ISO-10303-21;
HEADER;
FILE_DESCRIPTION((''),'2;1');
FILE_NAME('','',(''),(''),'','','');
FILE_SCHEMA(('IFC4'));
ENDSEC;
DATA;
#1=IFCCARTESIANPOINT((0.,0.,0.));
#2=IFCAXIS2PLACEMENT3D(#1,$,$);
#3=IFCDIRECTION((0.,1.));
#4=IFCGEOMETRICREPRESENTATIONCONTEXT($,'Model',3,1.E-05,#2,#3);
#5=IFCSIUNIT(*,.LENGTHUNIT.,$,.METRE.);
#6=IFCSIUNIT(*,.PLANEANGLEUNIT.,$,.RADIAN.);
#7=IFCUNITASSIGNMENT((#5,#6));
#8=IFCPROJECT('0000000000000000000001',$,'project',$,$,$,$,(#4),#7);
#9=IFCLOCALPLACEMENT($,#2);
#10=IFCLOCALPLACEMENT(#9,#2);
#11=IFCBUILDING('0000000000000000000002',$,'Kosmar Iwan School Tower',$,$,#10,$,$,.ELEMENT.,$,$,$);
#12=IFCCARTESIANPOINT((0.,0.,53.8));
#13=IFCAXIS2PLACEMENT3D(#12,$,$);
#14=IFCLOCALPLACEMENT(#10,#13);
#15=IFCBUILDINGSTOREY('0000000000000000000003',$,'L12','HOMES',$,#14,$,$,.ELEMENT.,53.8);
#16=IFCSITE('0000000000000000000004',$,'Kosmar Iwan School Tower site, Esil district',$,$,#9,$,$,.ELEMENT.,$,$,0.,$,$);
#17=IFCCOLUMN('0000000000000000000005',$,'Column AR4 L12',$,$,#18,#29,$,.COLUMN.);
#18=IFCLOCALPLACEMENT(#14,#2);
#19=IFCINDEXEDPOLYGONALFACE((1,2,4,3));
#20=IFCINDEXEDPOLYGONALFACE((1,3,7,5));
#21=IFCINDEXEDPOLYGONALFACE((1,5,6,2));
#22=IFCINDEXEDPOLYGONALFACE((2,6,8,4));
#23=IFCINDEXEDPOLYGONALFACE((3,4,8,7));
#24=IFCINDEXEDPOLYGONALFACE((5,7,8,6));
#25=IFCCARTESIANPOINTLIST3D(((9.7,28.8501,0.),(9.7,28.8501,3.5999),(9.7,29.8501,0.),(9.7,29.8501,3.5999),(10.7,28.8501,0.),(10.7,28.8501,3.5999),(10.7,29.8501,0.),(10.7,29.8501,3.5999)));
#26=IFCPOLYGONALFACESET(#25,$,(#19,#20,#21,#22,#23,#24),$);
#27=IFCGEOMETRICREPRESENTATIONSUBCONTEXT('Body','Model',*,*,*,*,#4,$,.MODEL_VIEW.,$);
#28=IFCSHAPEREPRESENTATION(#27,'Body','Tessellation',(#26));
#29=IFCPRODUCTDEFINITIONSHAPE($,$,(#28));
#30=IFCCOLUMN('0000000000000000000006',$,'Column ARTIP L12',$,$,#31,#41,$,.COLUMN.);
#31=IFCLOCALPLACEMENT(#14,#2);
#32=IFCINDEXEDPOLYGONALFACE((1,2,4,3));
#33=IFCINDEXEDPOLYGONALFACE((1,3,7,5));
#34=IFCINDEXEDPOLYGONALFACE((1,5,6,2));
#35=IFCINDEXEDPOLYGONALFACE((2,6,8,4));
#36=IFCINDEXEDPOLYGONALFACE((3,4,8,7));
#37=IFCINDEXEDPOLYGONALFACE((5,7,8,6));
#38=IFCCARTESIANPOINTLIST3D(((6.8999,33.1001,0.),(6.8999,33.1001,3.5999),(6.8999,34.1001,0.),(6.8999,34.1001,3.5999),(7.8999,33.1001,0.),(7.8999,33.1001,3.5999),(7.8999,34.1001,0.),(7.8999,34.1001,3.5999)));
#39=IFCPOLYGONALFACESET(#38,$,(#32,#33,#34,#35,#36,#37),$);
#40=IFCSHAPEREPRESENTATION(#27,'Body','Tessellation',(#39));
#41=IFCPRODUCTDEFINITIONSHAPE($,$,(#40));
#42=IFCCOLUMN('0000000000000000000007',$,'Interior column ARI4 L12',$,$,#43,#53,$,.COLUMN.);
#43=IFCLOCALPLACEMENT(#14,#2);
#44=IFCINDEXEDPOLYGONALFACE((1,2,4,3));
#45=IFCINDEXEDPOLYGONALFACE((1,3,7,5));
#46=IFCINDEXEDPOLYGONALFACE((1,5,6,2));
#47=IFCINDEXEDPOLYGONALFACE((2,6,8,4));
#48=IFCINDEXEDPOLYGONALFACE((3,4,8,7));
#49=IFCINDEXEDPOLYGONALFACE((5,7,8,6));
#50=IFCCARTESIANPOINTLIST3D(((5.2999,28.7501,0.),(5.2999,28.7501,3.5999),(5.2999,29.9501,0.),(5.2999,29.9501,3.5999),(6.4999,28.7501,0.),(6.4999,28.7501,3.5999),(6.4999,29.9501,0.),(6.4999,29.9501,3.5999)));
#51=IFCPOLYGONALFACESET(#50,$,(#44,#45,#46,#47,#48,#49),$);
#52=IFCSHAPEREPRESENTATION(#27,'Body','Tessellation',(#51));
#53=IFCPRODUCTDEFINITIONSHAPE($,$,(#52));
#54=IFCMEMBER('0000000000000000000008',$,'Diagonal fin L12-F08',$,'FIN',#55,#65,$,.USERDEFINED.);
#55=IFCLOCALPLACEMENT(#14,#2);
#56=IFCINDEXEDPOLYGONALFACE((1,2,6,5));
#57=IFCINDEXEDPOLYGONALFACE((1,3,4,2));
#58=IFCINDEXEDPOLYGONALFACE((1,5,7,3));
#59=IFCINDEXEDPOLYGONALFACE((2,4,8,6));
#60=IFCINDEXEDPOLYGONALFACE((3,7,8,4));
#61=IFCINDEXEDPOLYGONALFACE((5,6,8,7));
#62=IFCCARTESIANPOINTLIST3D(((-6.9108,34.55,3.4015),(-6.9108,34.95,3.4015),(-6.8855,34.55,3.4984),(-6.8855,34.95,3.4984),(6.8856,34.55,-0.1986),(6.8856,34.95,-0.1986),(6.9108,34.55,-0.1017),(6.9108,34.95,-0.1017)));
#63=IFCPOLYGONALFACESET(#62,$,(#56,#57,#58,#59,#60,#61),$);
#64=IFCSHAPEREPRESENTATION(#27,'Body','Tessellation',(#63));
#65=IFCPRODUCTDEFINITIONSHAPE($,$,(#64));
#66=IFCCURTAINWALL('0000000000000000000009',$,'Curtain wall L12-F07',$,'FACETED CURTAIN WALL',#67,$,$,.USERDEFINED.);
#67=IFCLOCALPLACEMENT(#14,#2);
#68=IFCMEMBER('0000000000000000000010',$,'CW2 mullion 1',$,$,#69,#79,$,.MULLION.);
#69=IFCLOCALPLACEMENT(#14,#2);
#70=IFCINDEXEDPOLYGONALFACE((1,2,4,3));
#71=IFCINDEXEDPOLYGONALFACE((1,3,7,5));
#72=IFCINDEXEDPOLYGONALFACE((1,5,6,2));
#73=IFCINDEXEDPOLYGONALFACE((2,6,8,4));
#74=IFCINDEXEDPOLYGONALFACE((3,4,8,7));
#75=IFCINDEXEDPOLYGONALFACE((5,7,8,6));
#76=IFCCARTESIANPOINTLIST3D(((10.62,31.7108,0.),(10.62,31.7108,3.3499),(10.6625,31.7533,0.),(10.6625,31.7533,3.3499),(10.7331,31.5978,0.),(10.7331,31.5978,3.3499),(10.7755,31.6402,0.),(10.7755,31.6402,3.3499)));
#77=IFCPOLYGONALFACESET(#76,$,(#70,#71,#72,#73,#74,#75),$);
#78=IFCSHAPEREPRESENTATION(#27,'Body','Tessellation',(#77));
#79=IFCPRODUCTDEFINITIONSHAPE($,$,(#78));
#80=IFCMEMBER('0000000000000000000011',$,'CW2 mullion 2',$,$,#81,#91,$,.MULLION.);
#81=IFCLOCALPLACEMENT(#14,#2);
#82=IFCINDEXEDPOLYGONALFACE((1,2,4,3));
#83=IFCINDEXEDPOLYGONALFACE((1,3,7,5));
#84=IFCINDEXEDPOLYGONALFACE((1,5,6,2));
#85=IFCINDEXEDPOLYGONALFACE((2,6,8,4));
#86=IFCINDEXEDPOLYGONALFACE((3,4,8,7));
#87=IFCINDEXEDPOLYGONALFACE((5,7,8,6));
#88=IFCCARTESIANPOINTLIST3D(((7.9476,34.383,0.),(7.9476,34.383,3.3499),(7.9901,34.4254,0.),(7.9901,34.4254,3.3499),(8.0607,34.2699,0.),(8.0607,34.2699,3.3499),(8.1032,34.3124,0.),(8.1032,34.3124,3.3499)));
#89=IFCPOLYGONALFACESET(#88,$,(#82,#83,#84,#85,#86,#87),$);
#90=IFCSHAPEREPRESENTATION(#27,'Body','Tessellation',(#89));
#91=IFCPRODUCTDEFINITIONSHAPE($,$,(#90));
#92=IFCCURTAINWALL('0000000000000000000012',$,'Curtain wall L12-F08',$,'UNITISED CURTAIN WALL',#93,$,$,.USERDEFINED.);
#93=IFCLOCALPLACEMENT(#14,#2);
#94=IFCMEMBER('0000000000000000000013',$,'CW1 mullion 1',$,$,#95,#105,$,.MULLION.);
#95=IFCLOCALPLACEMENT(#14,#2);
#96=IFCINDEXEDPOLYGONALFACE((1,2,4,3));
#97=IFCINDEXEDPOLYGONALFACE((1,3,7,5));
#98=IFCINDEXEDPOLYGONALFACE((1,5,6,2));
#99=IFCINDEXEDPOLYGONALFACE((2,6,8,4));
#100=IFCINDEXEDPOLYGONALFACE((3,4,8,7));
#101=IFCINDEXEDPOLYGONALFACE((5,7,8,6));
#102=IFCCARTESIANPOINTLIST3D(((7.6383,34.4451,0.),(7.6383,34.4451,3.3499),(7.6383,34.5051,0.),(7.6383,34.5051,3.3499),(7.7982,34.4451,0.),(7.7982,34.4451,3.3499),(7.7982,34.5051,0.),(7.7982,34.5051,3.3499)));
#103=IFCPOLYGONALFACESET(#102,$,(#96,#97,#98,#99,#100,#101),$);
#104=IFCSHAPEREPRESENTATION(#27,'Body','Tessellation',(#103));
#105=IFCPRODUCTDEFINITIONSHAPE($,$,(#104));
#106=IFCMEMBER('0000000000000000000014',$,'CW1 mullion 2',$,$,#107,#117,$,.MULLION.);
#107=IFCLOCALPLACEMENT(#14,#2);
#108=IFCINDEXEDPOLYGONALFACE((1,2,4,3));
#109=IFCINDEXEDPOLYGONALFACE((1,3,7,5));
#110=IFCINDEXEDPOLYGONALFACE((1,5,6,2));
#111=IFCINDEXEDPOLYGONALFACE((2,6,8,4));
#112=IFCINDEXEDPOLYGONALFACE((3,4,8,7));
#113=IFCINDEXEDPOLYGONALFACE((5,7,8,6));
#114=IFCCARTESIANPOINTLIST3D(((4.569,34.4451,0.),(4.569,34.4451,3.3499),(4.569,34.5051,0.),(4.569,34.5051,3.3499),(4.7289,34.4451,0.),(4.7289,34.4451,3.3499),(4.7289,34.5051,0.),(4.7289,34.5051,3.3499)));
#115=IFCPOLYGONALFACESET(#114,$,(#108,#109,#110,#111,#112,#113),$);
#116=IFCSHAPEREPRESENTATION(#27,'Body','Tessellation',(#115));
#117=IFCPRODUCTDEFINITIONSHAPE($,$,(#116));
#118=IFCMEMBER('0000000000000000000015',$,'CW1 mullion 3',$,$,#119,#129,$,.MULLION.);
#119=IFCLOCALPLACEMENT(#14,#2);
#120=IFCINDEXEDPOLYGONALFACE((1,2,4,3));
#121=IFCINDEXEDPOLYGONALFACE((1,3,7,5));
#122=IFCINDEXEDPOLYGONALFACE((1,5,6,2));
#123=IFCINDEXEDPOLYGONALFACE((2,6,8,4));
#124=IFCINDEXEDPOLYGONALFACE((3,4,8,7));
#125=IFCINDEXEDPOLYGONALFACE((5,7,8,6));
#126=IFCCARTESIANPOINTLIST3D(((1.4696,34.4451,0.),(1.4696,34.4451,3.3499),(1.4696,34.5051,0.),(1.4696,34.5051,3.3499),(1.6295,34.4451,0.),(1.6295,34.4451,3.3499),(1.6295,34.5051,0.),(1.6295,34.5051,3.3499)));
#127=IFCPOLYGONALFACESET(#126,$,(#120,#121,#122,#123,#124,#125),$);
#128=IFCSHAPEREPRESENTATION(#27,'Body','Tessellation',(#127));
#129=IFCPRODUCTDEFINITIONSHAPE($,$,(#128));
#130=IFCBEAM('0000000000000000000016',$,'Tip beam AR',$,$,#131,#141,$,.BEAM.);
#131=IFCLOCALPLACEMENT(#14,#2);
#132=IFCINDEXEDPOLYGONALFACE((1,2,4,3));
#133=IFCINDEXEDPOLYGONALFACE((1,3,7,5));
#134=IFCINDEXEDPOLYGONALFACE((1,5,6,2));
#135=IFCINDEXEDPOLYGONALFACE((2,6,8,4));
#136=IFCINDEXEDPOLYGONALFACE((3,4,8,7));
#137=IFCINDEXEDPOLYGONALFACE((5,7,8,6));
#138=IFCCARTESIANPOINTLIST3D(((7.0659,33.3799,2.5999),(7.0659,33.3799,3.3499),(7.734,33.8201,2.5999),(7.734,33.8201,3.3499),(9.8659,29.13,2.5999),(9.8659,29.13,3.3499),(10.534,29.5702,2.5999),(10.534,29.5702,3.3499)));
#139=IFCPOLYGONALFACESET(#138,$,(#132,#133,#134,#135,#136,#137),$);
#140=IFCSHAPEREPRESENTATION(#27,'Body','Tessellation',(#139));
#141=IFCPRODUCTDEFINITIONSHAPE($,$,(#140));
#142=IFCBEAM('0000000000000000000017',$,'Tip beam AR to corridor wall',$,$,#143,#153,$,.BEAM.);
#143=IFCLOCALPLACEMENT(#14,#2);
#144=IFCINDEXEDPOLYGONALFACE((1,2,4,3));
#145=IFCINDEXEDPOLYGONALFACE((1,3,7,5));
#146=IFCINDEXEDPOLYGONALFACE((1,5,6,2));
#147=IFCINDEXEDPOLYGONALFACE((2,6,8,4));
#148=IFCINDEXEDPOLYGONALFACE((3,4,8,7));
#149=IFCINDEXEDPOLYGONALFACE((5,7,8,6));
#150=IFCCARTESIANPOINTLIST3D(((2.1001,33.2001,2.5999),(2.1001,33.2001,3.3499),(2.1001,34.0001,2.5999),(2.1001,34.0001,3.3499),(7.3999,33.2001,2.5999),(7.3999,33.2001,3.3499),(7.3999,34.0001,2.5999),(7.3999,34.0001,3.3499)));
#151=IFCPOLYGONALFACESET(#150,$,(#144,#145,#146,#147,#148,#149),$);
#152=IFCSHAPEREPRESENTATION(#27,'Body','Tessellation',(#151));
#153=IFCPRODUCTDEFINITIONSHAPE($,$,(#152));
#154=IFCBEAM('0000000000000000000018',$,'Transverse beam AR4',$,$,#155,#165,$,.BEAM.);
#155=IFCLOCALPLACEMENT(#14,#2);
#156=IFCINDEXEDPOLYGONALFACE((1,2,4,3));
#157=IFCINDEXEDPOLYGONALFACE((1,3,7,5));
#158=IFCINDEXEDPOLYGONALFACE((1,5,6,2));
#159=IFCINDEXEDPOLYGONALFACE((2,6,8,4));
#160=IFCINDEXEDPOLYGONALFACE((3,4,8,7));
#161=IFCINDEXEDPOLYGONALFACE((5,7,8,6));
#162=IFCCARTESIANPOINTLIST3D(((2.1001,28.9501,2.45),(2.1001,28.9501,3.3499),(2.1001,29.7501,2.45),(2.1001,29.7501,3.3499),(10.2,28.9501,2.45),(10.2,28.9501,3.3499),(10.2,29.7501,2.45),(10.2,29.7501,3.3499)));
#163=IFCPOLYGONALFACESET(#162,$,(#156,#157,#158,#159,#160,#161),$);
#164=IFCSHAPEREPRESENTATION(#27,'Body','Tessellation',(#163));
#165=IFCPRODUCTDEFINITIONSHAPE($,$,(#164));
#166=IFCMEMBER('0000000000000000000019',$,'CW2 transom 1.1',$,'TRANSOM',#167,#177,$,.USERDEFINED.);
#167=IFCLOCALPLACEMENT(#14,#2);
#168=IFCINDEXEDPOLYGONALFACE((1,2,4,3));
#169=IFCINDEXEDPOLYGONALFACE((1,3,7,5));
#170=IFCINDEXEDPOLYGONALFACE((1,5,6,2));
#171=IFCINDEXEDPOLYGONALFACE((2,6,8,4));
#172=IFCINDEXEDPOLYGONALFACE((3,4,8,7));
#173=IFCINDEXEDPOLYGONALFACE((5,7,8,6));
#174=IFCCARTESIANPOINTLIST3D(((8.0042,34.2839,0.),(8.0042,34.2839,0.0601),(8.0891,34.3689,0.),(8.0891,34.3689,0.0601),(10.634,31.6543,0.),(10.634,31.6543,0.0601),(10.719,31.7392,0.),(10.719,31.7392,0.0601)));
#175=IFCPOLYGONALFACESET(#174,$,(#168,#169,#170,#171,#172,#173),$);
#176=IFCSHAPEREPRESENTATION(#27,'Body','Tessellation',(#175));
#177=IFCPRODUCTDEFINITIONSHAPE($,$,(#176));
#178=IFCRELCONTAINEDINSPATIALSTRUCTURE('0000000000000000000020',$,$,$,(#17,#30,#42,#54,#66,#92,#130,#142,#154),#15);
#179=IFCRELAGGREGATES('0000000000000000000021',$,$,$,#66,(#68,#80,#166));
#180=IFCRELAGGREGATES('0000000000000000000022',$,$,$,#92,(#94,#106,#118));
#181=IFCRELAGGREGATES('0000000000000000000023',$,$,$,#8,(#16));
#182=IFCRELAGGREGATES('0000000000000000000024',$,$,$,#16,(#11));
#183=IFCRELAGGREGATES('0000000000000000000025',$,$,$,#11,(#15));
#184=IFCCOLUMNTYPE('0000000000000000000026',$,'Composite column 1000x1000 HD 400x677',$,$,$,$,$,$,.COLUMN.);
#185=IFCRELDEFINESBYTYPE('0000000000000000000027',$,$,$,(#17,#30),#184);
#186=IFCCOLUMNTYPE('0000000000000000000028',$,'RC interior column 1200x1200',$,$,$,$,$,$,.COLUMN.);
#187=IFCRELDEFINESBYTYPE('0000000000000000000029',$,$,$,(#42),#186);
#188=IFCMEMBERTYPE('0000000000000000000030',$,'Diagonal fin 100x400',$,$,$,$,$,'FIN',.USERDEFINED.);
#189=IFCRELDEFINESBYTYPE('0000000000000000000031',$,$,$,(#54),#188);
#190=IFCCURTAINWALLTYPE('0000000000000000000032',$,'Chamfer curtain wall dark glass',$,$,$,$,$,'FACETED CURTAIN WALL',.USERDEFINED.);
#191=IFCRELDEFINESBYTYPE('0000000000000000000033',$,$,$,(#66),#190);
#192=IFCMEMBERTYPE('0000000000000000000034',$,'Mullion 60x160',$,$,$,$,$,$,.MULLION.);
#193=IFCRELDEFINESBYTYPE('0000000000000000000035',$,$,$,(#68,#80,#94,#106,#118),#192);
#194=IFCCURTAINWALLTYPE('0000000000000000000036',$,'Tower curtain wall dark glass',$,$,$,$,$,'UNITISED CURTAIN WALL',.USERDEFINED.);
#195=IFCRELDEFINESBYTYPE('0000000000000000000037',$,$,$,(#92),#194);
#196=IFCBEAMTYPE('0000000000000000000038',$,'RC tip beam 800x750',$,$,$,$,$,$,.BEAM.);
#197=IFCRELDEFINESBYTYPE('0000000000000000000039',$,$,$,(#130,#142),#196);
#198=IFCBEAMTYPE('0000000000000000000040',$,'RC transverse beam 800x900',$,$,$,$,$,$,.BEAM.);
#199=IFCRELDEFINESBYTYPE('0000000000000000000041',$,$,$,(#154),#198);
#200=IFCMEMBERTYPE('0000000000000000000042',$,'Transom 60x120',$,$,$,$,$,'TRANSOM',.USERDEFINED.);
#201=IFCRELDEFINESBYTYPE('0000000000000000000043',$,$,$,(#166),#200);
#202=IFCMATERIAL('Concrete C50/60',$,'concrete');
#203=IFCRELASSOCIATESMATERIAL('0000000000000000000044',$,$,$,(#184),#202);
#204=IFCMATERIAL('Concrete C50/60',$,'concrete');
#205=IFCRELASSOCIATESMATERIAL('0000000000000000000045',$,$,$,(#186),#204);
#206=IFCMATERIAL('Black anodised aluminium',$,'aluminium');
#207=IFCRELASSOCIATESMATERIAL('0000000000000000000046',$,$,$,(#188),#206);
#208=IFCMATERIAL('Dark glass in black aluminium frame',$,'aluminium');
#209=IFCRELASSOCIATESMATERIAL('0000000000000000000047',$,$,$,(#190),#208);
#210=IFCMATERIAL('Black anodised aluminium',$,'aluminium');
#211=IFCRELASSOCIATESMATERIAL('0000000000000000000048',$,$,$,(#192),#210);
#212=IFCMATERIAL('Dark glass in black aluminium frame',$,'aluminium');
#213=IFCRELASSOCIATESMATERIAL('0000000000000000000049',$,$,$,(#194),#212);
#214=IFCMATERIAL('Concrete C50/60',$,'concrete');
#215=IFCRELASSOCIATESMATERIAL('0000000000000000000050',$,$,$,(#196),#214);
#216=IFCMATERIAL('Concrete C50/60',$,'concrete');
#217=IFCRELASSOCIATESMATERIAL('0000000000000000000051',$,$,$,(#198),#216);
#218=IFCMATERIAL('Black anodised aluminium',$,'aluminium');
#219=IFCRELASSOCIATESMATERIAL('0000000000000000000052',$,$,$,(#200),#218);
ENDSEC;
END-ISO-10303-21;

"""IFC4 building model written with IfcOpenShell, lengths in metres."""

from ifc_helpers import new_model, si_unit, direction, frame, origin, origin_2d, place, context, subcontext, project, spatial, rectangle, extrude, material, material_profile, profile_set, type_object, element, aggregate, save


model = new_model("IFC4")

# Units and contexts
model_context = context("Model", 3, precision=1e-05, world=origin(), true_north=direction((0.0, 1.0)))
body_context = subcontext(model_context, "Body", "Model", "MODEL_VIEW")
ifc_project = project(units=[si_unit("LENGTHUNIT", "METRE"), si_unit("PLANEANGLEUNIT", "RADIAN")], contexts=[model_context])

# Site, building, storey
site_placement = place(None, origin())
site = spatial("IfcSite", under=ifc_project, at=site_placement, Name="Kosmar Iwan School Tower site, Esil district", CompositionType="ELEMENT", RefElevation=0.0)
building_placement = place(site_placement, origin())
building = spatial("IfcBuilding", under=site, at=building_placement, Name="Kosmar Iwan School Tower", CompositionType="ELEMENT")
storey_placement = place(building_placement, frame((0.0, 0.0, 53.8)))
storey = spatial("IfcBuildingStorey", under=building, at=storey_placement, Name="L12", Description="HOMES", CompositionType="ELEMENT", Elevation=53.8)

# Columns
ifc_material_1 = material(Name="Concrete C50/60", Category="concrete")
ifc_material_profile_1 = material_profile(ifc_material_1, rectangle(XDim=1.0, YDim=1.0, at=origin_2d()), Name="RC 1000x1000 + HD 400x677")
ifc_profile_set_1 = profile_set([ifc_material_profile_1], Name="Concrete C50/60")
column_type_1 = type_object("IfcColumnType", Name="Composite column 1000x1000 HD 400x677", PredefinedType="COLUMN", material=ifc_profile_set_1)
for number, where, z_axis, x_axis, name in (
    (1, (10.2, 29.3501, 0.0), (0.0, 0.0, 1.0), (0.0, 1.0, 0.0), "Column AR4 L12"),
    (2, (7.3999, 33.6001, 0.0), (0.0, 0.0, 1.0), (0.0, 1.0, 0.0), "Column ARTIP L12"),
):
    element("IfcColumn", number, at=place(storey_placement, frame(where, z_axis=z_axis, x_axis=x_axis)), inside=storey, type_object=column_type_1, Name=name, PredefinedType="COLUMN", context=body_context, shape_type="SweptSolid", body=[
        extrude(rectangle(XDim=1.0, YDim=1.0, at=origin_2d()), origin(), (0.0, 0.0, 1.0), 3.5999),
    ])
ifc_material_2 = material(Name="Concrete C50/60", Category="concrete")
ifc_material_profile_2 = material_profile(ifc_material_2, rectangle(XDim=1.2, YDim=1.2, at=origin_2d()), Name="RC 1200x1200")
ifc_profile_set_2 = profile_set([ifc_material_profile_2], Name="Concrete C50/60")
column_type_2 = type_object("IfcColumnType", Name="RC interior column 1200x1200", PredefinedType="COLUMN", material=ifc_profile_set_2)
column_placement = place(storey_placement, frame((5.8999, 29.3501, 0.0), z_axis=(0.0, 0.0, 1.0), x_axis=(0.0, 1.0, 0.0)))
element("IfcColumn", 3, at=column_placement, inside=storey, type_object=column_type_2, Name="Interior column ARI4 L12", PredefinedType="COLUMN", context=body_context, shape_type="SweptSolid", body=[
    extrude(rectangle(XDim=1.2, YDim=1.2, at=origin_2d()), origin(), (0.0, 0.0, 1.0), 3.5999),
])

# Member
ifc_material_3 = material(Name="Black anodised aluminium", Category="aluminium")
ifc_material_profile_3 = material_profile(ifc_material_3, rectangle(XDim=0.1001, YDim=0.3999, at=origin_2d()), Name="FIN 100x400")
ifc_profile_set_3 = profile_set([ifc_material_profile_3], Name="Black anodised aluminium")
member_type_1 = type_object("IfcMemberType", Name="Diagonal fin 100x400", ElementType="FIN", PredefinedType="USERDEFINED", material=ifc_profile_set_3)
member_1_placement = place(storey_placement, frame((6.8982, 34.75, -0.1501), z_axis=(-0.967599, 0.0, 0.25249), x_axis=(0.25249, 0.0, 0.967599)))
element("IfcMember", 4, at=member_1_placement, inside=storey, type_object=member_type_1, Name="Diagonal fin L12-F08", ObjectType="FIN", PredefinedType="USERDEFINED", context=body_context, shape_type="SweptSolid", body=[
    extrude(rectangle(XDim=0.1001, YDim=0.3999, at=origin_2d()), origin(), (0.0, 0.0, 1.0), 14.2583),
])

# Curtain walls, members
ifc_material_4 = material(Name="Dark glass in black aluminium frame", Category="aluminium")
curtain_wall_type_1 = type_object("IfcCurtainWallType", Name="Chamfer curtain wall dark glass", ElementType="FACETED CURTAIN WALL", PredefinedType="USERDEFINED", material=ifc_material_4)
curtain_wall_1_placement = place(storey_placement, origin())
curtain_wall_1 = element("IfcCurtainWall", 5, at=curtain_wall_1_placement, inside=storey, type_object=curtain_wall_type_1, Name="Curtain wall L12-F07", ObjectType="FACETED CURTAIN WALL", PredefinedType="USERDEFINED")
ifc_material_5 = material(Name="Black anodised aluminium", Category="aluminium")
ifc_material_profile_4 = material_profile(ifc_material_5, rectangle(XDim=0.0601, YDim=0.1599, at=origin_2d()), Name="MULLION 60x160")
ifc_profile_set_4 = profile_set([ifc_material_profile_4], Name="Black anodised aluminium")
member_type_2 = type_object("IfcMemberType", Name="Mullion 60x160", PredefinedType="MULLION", material=ifc_profile_set_4)
member_2_placement = place(storey_placement, frame((10.6978, 31.6755, 0.0), z_axis=(0.0, 0.0, 1.0), x_axis=(-0.707107, -0.707107, 0.0)))
member_2 = element("IfcMember", 6, at=member_2_placement, type_object=member_type_2, Name="CW2 mullion 1", PredefinedType="MULLION", context=body_context, shape_type="SweptSolid", body=[
    extrude(rectangle(XDim=0.0601, YDim=0.1599, at=origin_2d()), origin(), (0.0, 0.0, 1.0), 3.3499),
])
member_3_placement = place(storey_placement, frame((8.0254, 34.3477, 0.0), z_axis=(0.0, 0.0, 1.0), x_axis=(-0.707107, -0.707107, 0.0)))
member_3 = element("IfcMember", 7, at=member_3_placement, type_object=member_type_2, Name="CW2 mullion 2", PredefinedType="MULLION", context=body_context, shape_type="SweptSolid", body=[
    extrude(rectangle(XDim=0.0601, YDim=0.1599, at=origin_2d()), origin(), (0.0, 0.0, 1.0), 3.3499),
])
ifc_material_6 = material(Name="Dark glass in black aluminium frame", Category="aluminium")
curtain_wall_type_2 = type_object("IfcCurtainWallType", Name="Tower curtain wall dark glass", ElementType="UNITISED CURTAIN WALL", PredefinedType="USERDEFINED", material=ifc_material_6)
curtain_wall_2_placement = place(storey_placement, origin())
curtain_wall_2 = element("IfcCurtainWall", 8, at=curtain_wall_2_placement, inside=storey, type_object=curtain_wall_type_2, Name="Curtain wall L12-F08", ObjectType="UNITISED CURTAIN WALL", PredefinedType="USERDEFINED")
member_4_placement = place(storey_placement, frame((7.7183, 34.4751, 0.0), z_axis=(0.0, 0.0, 1.0), x_axis=(0.0, -1.0, 0.0)))
member_4 = element("IfcMember", 9, at=member_4_placement, type_object=member_type_2, Name="CW1 mullion 1", PredefinedType="MULLION", context=body_context, shape_type="SweptSolid", body=[
    extrude(rectangle(XDim=0.0601, YDim=0.1599, at=origin_2d()), origin(), (0.0, 0.0, 1.0), 3.3499),
])
member_5_placement = place(storey_placement, frame((4.6489, 34.4751, 0.0), z_axis=(0.0, 0.0, 1.0), x_axis=(0.0, -1.0, 0.0)))
member_5 = element("IfcMember", 10, at=member_5_placement, type_object=member_type_2, Name="CW1 mullion 2", PredefinedType="MULLION", context=body_context, shape_type="SweptSolid", body=[
    extrude(rectangle(XDim=0.0601, YDim=0.1599, at=origin_2d()), origin(), (0.0, 0.0, 1.0), 3.3499),
])
member_6_placement = place(storey_placement, frame((1.5496, 34.4751, 0.0), z_axis=(0.0, 0.0, 1.0), x_axis=(0.0, -1.0, 0.0)))
member_6 = element("IfcMember", 11, at=member_6_placement, type_object=member_type_2, Name="CW1 mullion 3", PredefinedType="MULLION", context=body_context, shape_type="SweptSolid", body=[
    extrude(rectangle(XDim=0.0601, YDim=0.1599, at=origin_2d()), origin(), (0.0, 0.0, 1.0), 3.3499),
])

# Beams
ifc_material_7 = material(Name="Concrete C50/60", Category="concrete")
ifc_material_profile_5 = material_profile(ifc_material_7, rectangle(XDim=0.8, YDim=0.75, at=origin_2d()), Name="RC 800x750")
ifc_profile_set_5 = profile_set([ifc_material_profile_5], Name="Concrete C50/60")
beam_type_1 = type_object("IfcBeamType", Name="RC tip beam 800x750", PredefinedType="BEAM", material=ifc_profile_set_5)
beam_1_placement = place(storey_placement, frame((10.2, 29.3501, 2.9749), z_axis=(-0.550164, 0.835056, 0.0), x_axis=(-0.835056, -0.550164, 0.0)))
element("IfcBeam", 12, at=beam_1_placement, inside=storey, type_object=beam_type_1, Name="Tip beam AR", PredefinedType="BEAM", context=body_context, shape_type="SweptSolid", body=[
    extrude(rectangle(XDim=0.8, YDim=0.75, at=origin_2d()), origin(), (0.0, 0.0, 1.0), 5.0894),
])
beam_2_placement = place(storey_placement, frame((7.3999, 33.6001, 2.9749), z_axis=(-1.0, 0.0, 0.0), x_axis=(0.0, -1.0, 0.0)))
element("IfcBeam", 13, at=beam_2_placement, inside=storey, type_object=beam_type_1, Name="Tip beam AR to corridor wall", PredefinedType="BEAM", context=body_context, shape_type="SweptSolid", body=[
    extrude(rectangle(XDim=0.8, YDim=0.75, at=origin_2d()), origin(), (0.0, 0.0, 1.0), 5.2998),
])
ifc_material_8 = material(Name="Concrete C50/60", Category="concrete")
ifc_material_profile_6 = material_profile(ifc_material_8, rectangle(XDim=0.8, YDim=0.8999, at=origin_2d()), Name="RC 800x900")
ifc_profile_set_6 = profile_set([ifc_material_profile_6], Name="Concrete C50/60")
beam_type_2 = type_object("IfcBeamType", Name="RC transverse beam 800x900", PredefinedType="BEAM", material=ifc_profile_set_6)
beam_3_placement = place(storey_placement, frame((10.2, 29.3501, 2.8999), z_axis=(-1.0, 0.0, 0.0), x_axis=(0.0, -1.0, 0.0)))
element("IfcBeam", 14, at=beam_3_placement, inside=storey, type_object=beam_type_2, Name="Transverse beam AR4", PredefinedType="BEAM", context=body_context, shape_type="SweptSolid", body=[
    extrude(rectangle(XDim=0.8, YDim=0.8999, at=origin_2d()), origin(), (0.0, 0.0, 1.0), 8.0999),
])

# Member
ifc_material_9 = material(Name="Black anodised aluminium", Category="aluminium")
ifc_material_profile_7 = material_profile(ifc_material_9, rectangle(XDim=0.1201, YDim=0.0601, at=origin_2d()), Name="TRANSOM 60x120")
ifc_profile_set_7 = profile_set([ifc_material_profile_7], Name="Black anodised aluminium")
member_type_3 = type_object("IfcMemberType", Name="Transom 60x120", ElementType="TRANSOM", PredefinedType="USERDEFINED", material=ifc_profile_set_7)
member_7_placement = place(storey_placement, frame((10.6765, 31.6968, 0.03), z_axis=(-0.70714, 0.707074, 0.0), x_axis=(-0.707074, -0.70714, 0.0)))
member_7 = element("IfcMember", 15, at=member_7_placement, type_object=member_type_3, Name="CW2 transom 1.1", ObjectType="TRANSOM", PredefinedType="USERDEFINED", context=body_context, shape_type="SweptSolid", body=[
    extrude(rectangle(XDim=0.1201, YDim=0.0601, at=origin_2d()), origin(), (0.0, 0.0, 1.0), 3.719),
])

aggregate(curtain_wall_1, [member_2, member_3, member_7])
aggregate(curtain_wall_2, [member_4, member_5, member_6])

save(model, "model.ifc")
